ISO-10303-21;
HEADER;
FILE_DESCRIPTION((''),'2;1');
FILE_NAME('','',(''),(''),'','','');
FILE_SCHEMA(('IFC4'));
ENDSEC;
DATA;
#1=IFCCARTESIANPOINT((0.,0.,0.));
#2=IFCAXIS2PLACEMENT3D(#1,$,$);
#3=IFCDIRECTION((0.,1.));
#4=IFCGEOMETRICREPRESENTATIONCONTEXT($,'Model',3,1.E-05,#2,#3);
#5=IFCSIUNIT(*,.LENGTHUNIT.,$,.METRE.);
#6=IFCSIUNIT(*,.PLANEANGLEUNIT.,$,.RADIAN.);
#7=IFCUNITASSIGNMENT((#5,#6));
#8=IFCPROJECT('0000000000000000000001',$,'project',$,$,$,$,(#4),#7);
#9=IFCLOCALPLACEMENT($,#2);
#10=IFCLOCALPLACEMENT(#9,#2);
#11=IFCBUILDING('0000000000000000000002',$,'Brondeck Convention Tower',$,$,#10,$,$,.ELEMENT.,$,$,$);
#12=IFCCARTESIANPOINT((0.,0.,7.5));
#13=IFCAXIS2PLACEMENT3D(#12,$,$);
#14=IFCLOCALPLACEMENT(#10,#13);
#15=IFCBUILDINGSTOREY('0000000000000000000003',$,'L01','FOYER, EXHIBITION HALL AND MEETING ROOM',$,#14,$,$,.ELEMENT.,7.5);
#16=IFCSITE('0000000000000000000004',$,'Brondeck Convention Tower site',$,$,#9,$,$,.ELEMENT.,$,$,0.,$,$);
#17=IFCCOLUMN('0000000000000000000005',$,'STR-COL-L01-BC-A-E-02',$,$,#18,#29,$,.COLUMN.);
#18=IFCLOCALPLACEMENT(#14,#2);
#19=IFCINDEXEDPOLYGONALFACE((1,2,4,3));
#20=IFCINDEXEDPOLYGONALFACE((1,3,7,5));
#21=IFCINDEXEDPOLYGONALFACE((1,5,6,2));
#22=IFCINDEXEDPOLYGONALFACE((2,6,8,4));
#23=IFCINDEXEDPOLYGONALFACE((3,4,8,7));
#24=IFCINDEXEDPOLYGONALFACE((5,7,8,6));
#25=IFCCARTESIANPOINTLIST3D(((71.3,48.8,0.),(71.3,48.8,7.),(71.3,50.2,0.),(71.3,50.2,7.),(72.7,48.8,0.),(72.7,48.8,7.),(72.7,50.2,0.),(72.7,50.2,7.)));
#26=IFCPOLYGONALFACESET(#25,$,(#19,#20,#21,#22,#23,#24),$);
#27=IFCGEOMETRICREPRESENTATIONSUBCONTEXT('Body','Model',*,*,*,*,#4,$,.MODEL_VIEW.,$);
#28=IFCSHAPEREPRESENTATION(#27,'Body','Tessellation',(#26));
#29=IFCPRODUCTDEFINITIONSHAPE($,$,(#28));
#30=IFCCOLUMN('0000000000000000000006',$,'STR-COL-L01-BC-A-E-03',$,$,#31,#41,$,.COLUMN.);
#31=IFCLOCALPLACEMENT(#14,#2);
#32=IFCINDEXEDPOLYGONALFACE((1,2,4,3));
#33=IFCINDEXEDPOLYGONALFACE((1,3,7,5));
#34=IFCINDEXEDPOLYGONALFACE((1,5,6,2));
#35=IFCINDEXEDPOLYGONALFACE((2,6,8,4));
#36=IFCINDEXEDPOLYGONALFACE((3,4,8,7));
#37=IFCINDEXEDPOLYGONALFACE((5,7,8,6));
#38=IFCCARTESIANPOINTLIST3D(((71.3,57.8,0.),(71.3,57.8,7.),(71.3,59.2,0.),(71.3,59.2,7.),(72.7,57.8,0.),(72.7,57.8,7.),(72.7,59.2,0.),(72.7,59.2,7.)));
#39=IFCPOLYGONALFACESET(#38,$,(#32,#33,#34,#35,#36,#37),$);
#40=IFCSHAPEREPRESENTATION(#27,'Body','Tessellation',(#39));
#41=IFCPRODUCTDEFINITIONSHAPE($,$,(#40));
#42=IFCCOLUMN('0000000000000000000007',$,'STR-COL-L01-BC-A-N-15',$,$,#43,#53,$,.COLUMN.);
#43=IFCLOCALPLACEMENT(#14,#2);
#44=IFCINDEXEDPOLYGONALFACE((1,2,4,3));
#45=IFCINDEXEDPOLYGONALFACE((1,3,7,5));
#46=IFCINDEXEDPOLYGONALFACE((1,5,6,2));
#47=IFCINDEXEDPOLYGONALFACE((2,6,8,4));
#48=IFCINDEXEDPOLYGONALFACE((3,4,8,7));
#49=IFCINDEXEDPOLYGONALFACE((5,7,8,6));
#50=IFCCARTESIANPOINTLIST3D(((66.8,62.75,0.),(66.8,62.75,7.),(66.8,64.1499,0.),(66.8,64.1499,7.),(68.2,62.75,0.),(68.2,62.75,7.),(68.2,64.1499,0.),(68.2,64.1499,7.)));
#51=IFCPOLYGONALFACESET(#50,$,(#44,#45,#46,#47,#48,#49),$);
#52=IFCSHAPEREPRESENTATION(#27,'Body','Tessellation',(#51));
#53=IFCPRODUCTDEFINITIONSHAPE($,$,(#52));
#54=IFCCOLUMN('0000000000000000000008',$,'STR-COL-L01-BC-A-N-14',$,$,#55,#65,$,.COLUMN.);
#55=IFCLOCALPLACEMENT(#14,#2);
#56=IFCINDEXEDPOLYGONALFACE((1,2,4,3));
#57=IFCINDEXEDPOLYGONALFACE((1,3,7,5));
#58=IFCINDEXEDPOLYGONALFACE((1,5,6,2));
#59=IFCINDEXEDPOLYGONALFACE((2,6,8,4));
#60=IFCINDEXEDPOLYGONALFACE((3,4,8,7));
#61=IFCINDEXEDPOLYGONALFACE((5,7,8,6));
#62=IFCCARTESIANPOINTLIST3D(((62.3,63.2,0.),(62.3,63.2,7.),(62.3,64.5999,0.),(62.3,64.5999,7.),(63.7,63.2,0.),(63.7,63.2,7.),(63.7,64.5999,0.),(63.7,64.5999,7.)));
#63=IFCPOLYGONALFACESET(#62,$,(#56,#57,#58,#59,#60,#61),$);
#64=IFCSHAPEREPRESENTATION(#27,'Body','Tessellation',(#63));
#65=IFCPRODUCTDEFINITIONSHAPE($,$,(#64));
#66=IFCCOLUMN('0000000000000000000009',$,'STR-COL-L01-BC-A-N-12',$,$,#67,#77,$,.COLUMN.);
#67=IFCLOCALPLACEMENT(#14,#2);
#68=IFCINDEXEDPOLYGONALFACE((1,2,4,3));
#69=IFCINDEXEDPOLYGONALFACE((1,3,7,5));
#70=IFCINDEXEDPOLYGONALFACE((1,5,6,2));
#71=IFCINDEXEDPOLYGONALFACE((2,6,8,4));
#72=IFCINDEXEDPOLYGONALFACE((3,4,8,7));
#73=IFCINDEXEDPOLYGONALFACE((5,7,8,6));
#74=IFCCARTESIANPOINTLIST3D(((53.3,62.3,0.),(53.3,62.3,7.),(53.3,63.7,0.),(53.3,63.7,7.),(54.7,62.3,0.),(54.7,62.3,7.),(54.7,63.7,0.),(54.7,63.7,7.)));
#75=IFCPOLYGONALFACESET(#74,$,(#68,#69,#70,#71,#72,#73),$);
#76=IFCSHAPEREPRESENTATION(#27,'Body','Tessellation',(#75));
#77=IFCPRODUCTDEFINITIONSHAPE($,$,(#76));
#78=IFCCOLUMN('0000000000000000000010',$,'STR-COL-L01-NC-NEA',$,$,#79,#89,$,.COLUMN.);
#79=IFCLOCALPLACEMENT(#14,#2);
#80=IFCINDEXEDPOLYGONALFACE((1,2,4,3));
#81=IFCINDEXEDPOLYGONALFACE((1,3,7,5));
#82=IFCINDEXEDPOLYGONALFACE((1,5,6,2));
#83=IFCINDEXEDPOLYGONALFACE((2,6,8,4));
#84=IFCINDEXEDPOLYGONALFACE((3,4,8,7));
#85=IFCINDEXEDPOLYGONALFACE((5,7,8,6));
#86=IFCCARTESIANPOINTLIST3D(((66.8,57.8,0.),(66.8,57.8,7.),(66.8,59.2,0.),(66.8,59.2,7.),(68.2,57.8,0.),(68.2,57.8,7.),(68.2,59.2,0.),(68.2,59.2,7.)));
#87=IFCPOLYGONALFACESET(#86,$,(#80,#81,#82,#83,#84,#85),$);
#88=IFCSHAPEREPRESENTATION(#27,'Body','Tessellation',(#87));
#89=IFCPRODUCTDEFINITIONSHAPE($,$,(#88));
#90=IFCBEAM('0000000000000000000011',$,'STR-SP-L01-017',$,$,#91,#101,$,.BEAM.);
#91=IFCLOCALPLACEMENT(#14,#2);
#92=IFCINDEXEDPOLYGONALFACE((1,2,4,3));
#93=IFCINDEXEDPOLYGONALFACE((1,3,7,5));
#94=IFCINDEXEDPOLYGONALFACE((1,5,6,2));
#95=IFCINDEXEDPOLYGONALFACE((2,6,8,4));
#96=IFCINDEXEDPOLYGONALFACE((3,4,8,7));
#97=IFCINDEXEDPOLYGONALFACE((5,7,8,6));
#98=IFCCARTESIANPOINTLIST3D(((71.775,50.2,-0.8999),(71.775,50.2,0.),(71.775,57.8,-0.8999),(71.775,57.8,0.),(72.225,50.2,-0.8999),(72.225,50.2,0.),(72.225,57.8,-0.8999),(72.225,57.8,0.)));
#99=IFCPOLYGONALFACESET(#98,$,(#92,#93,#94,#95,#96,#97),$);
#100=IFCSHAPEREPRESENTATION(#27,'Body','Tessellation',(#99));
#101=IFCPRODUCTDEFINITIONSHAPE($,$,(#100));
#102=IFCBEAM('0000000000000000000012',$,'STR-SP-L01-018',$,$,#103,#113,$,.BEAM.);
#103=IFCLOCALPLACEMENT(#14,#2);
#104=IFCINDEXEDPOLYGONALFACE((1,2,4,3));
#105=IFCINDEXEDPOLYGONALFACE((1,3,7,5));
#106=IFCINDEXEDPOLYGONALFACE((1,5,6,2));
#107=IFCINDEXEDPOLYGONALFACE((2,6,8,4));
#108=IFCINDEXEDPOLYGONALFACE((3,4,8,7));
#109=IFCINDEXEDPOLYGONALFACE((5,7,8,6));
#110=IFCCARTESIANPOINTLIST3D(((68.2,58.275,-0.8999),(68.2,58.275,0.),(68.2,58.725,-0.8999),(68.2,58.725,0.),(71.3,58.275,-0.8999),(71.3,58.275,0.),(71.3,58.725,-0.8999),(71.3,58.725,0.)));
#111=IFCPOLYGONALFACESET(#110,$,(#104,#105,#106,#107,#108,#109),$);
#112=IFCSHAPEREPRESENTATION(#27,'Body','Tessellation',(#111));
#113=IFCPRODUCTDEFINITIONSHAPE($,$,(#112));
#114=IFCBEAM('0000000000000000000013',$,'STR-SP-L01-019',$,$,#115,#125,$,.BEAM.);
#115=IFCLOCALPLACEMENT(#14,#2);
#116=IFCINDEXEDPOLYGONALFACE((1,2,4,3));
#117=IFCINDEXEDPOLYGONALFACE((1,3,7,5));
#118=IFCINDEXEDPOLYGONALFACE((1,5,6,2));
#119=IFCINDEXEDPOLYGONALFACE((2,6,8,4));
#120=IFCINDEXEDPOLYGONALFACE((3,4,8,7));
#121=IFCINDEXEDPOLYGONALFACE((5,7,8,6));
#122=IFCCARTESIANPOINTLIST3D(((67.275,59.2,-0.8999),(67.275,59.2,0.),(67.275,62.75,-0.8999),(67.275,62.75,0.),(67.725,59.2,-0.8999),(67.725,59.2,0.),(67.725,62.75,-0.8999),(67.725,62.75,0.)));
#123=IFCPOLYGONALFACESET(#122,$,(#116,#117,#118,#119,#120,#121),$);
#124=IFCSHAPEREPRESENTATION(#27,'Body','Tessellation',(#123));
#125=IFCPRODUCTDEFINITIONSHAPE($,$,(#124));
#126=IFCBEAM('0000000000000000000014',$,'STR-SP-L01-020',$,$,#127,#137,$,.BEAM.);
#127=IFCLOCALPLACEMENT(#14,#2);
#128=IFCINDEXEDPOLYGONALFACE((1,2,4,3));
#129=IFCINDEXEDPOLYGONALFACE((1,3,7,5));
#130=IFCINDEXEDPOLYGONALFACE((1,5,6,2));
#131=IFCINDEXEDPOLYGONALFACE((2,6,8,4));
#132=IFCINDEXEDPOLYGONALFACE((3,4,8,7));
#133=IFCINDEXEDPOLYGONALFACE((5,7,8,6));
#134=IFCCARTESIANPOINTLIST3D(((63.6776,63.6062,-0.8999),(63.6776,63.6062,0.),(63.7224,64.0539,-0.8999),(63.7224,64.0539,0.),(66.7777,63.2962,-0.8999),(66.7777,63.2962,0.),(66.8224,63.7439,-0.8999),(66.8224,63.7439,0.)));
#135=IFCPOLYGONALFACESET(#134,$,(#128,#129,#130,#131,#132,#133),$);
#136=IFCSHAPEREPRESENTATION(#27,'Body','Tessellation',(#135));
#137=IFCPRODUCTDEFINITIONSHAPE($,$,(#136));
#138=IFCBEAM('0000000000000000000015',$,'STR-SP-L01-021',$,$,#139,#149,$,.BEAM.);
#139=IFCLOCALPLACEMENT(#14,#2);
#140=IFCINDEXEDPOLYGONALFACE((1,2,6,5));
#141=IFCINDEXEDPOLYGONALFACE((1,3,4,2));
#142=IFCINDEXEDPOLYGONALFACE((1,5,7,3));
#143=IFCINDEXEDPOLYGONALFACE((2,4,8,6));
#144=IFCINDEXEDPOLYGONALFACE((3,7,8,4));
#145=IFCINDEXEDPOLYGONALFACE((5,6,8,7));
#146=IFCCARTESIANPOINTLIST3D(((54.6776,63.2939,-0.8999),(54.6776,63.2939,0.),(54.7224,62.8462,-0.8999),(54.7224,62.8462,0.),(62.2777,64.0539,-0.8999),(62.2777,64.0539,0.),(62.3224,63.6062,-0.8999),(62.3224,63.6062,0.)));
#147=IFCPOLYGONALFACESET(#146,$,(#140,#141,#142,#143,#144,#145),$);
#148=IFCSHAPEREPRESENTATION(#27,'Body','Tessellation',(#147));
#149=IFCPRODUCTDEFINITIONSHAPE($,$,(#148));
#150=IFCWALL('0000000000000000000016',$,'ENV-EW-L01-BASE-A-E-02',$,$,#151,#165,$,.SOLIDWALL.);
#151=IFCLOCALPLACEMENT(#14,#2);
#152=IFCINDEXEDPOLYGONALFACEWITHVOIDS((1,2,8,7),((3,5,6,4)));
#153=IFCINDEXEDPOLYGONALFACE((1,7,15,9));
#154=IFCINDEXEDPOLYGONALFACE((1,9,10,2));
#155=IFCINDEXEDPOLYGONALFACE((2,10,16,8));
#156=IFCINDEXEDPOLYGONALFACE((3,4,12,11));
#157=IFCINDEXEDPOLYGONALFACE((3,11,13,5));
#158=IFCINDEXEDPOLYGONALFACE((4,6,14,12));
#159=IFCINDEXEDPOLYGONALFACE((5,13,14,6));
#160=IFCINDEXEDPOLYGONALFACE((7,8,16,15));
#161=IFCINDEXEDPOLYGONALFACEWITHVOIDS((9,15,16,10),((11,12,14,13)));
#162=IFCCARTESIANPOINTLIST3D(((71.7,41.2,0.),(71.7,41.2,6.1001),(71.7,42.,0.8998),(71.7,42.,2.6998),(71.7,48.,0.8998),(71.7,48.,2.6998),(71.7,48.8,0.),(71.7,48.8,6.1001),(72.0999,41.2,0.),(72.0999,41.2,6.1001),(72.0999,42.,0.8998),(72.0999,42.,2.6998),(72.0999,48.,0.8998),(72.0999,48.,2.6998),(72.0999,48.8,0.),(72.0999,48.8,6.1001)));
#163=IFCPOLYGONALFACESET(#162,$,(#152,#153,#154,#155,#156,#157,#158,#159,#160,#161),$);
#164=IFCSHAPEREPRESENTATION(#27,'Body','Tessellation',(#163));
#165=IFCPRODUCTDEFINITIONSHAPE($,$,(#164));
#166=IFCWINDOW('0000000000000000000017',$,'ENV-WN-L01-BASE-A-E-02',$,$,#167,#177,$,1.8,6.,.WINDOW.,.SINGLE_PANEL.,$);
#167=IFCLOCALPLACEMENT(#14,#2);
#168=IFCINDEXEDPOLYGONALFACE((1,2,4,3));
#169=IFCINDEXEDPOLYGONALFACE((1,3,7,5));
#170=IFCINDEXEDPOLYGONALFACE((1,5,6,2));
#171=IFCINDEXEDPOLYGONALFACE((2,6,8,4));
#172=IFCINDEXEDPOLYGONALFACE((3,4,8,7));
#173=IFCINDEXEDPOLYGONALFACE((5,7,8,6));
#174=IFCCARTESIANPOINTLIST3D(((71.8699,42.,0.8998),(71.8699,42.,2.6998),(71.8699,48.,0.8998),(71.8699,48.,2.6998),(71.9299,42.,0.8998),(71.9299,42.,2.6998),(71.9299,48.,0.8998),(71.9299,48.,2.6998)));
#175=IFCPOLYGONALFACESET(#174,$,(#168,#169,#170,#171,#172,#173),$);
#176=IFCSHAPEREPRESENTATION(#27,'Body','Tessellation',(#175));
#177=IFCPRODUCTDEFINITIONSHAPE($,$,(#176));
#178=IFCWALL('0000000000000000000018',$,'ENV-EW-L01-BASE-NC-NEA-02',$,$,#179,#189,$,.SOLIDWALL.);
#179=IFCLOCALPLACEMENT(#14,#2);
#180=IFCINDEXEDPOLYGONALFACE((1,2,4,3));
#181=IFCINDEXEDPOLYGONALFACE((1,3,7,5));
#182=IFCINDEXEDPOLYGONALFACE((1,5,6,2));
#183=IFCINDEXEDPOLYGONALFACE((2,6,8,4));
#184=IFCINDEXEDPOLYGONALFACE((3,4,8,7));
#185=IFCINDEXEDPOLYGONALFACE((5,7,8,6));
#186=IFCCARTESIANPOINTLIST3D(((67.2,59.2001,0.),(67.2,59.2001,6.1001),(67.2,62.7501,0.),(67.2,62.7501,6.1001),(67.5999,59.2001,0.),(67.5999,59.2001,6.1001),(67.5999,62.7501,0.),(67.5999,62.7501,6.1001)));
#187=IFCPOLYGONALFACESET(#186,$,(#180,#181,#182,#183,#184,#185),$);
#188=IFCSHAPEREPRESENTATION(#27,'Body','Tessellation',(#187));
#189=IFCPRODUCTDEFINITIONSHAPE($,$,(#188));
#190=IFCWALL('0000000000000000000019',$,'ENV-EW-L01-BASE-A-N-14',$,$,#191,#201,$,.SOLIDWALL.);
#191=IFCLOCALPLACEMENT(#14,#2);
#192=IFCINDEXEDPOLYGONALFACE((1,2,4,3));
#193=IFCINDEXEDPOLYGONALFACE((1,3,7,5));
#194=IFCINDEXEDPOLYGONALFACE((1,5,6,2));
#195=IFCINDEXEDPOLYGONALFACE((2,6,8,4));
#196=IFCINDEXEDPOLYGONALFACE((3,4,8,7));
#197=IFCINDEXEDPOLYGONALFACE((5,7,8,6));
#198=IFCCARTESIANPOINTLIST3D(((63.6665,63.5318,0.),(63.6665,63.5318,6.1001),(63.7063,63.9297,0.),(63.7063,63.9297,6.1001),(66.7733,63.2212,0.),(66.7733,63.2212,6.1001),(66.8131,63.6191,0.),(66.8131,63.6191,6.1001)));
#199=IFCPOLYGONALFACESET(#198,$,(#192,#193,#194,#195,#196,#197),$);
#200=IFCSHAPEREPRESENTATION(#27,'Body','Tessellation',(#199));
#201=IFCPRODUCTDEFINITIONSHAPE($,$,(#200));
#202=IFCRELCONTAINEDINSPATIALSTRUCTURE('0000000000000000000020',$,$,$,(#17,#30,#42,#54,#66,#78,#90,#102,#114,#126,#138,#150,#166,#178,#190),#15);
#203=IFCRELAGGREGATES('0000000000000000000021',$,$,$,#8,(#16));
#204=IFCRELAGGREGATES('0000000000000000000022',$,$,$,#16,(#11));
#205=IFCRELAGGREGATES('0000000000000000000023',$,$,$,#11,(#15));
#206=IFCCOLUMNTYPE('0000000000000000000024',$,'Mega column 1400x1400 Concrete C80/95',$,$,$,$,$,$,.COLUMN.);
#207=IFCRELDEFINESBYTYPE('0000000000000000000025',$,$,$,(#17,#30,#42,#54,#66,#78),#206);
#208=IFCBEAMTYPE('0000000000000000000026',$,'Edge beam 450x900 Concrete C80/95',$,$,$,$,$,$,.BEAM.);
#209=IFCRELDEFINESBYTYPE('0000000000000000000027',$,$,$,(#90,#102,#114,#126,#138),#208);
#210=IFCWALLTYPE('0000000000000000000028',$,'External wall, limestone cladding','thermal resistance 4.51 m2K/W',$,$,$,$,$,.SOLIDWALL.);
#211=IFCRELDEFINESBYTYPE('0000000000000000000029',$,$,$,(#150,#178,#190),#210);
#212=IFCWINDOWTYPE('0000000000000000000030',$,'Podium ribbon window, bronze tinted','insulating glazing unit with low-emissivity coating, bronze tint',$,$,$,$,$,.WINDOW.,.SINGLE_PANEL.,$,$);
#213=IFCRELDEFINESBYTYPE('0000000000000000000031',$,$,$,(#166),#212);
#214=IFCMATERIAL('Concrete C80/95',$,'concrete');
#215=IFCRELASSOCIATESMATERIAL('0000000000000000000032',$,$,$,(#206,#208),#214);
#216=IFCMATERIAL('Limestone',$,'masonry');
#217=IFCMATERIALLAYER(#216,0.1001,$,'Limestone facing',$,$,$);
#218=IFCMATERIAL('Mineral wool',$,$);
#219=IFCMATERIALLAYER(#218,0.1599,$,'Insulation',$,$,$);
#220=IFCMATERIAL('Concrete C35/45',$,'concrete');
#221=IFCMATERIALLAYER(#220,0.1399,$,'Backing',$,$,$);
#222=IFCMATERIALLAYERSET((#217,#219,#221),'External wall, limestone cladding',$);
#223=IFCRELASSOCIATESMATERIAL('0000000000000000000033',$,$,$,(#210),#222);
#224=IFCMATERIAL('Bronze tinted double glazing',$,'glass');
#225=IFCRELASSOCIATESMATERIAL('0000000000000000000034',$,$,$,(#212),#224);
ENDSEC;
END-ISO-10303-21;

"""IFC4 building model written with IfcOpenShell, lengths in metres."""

from ifc_helpers import new_model, si_unit, direction, frame, frame_2d, origin, origin_2d, place, context, subcontext, project, spatial, rectangle, extrude, material, layer, layer_set, material_profile, profile_set, type_object, element, fill, save


model = new_model("IFC4")

# Units and contexts
model_context = context("Model", 3, precision=1e-05, world=origin(), true_north=direction((0.0, 1.0)))
body_context = subcontext(model_context, "Body", "Model", "MODEL_VIEW")
ifc_project = project(units=[si_unit("LENGTHUNIT", "METRE"), si_unit("PLANEANGLEUNIT", "RADIAN")], contexts=[model_context])

# Site, building, storey
site_placement = place(None, origin())
site = spatial("IfcSite", under=ifc_project, at=site_placement, Name="Brondeck Convention Tower site", CompositionType="ELEMENT", RefElevation=0.0)
building_placement = place(site_placement, origin())
building = spatial("IfcBuilding", under=site, at=building_placement, Name="Brondeck Convention Tower", CompositionType="ELEMENT")
storey_placement = place(building_placement, frame((0.0, 0.0, 7.5)))
storey = spatial("IfcBuildingStorey", under=building, at=storey_placement, Name="L01", Description="FOYER, EXHIBITION HALL AND MEETING ROOM", CompositionType="ELEMENT", Elevation=7.5)

# Columns
ifc_material_1 = material(Name="Concrete C80/95", Category="concrete")
ifc_material_profile_1 = material_profile(ifc_material_1, rectangle(XDim=1.3999, YDim=1.3999, at=origin_2d()), Name="Mega column 1400x1400 Concrete C80/95")
ifc_profile_set_1 = profile_set([ifc_material_profile_1], Name="Concrete C80/95")
column_type = type_object("IfcColumnType", Name="Mega column 1400x1400 Concrete C80/95", PredefinedType="COLUMN", material=ifc_profile_set_1)
for number, where, z_axis, x_axis, name in (
    (1, (72.0, 49.5, 0.0), (0.0, 0.0, 1.0), (1.0, 0.0, 0.0), "STR-COL-L01-BC-A-E-02"),
    (2, (72.0, 58.5, 0.0), (0.0, 0.0, 1.0), (1.0, 0.0, 0.0), "STR-COL-L01-BC-A-E-03"),
    (3, (67.5, 63.45, 0.0), (0.0, 0.0, 1.0), (1.0, 0.0, 0.0), "STR-COL-L01-BC-A-N-15"),
    (4, (63.0, 63.8999, 0.0), (0.0, 0.0, 1.0), (1.0, 0.0, 0.0), "STR-COL-L01-BC-A-N-14"),
    (5, (54.0, 63.0, 0.0), (0.0, 0.0, 1.0), (1.0, 0.0, 0.0), "STR-COL-L01-BC-A-N-12"),
    (6, (67.5, 58.5, 0.0), (0.0, 0.0, 1.0), (1.0, 0.0, 0.0), "STR-COL-L01-NC-NEA"),
):
    element("IfcColumn", number, at=place(storey_placement, frame(where, z_axis=z_axis, x_axis=x_axis)), inside=storey, type_object=column_type, Name=name, PredefinedType="COLUMN", context=body_context, shape_type="SweptSolid", body=[
        extrude(rectangle(XDim=1.3999, YDim=1.3999, at=origin_2d()), origin(), (0.0, 0.0, 1.0), 7.0),
    ])

# Beams
ifc_material_profile_2 = material_profile(ifc_material_1, rectangle(XDim=0.45, YDim=0.8999, at=origin_2d()), Name="Edge beam 450x900 Concrete C80/95")
ifc_profile_set_2 = profile_set([ifc_material_profile_2], Name="Concrete C80/95")
beam_type = type_object("IfcBeamType", Name="Edge beam 450x900 Concrete C80/95", PredefinedType="BEAM", material=ifc_profile_set_2)
beam_1_placement = place(storey_placement, frame((72.0, 50.2, -0.45), z_axis=(0.0, 1.0, 0.0), x_axis=(-1.0, 0.0, 0.0)))
element("IfcBeam", 7, at=beam_1_placement, inside=storey, type_object=beam_type, Name="STR-SP-L01-017", PredefinedType="BEAM", context=body_context, shape_type="SweptSolid", body=[
    extrude(rectangle(XDim=0.45, YDim=0.8999, at=origin_2d()), origin(), (0.0, 0.0, 1.0), 7.6001),
])
beam_2_placement = place(storey_placement, frame((71.3, 58.5, -0.45), z_axis=(-1.0, 0.0, 0.0), x_axis=(0.0, -1.0, 0.0)))
element("IfcBeam", 8, at=beam_2_placement, inside=storey, type_object=beam_type, Name="STR-SP-L01-018", PredefinedType="BEAM", context=body_context, shape_type="SweptSolid", body=[
    extrude(rectangle(XDim=0.45, YDim=0.8999, at=origin_2d()), origin(), (0.0, 0.0, 1.0), 3.1001),
])
beam_3_placement = place(storey_placement, frame((67.5, 59.2, -0.45), z_axis=(0.0, 1.0, 0.0), x_axis=(-1.0, 0.0, 0.0)))
element("IfcBeam", 9, at=beam_3_placement, inside=storey, type_object=beam_type, Name="STR-SP-L01-019", PredefinedType="BEAM", context=body_context, shape_type="SweptSolid", body=[
    extrude(rectangle(XDim=0.45, YDim=0.8999, at=origin_2d()), origin(), (0.0, 0.0, 1.0), 3.55),
])
beam_4_placement = place(storey_placement, frame((66.8, 63.52, -0.45), z_axis=(-0.995036, 0.099519, 0.0), x_axis=(-0.099519, -0.995036, 0.0)))
element("IfcBeam", 10, at=beam_4_placement, inside=storey, type_object=beam_type, Name="STR-SP-L01-020", PredefinedType="BEAM", context=body_context, shape_type="SweptSolid", body=[
    extrude(rectangle(XDim=0.45, YDim=0.8999, at=origin_2d()), origin(), (0.0, 0.0, 1.0), 3.1155),
])
beam_5_placement = place(storey_placement, frame((62.3, 63.8301, -0.45), z_axis=(-0.995037, -0.099504, 0.0), x_axis=(0.099504, -0.995037, 0.0)))
element("IfcBeam", 11, at=beam_5_placement, inside=storey, type_object=beam_type, Name="STR-SP-L01-021", PredefinedType="BEAM", context=body_context, shape_type="SweptSolid", body=[
    extrude(rectangle(XDim=0.45, YDim=0.8999, at=origin_2d()), origin(), (0.0, 0.0, 1.0), 7.6379),
])

# Wall, opening, window
ifc_material_2 = material(Name="Limestone", Category="masonry")
ifc_layer_1 = layer(ifc_material_2, 0.1001, Name="Limestone facing")
ifc_material_3 = material(Name="Mineral wool")
ifc_layer_2 = layer(ifc_material_3, 0.1599, Name="Insulation")
ifc_material_4 = material(Name="Concrete C35/45", Category="concrete")
ifc_layer_3 = layer(ifc_material_4, 0.1399, Name="Backing")
ifc_layer_set_1 = layer_set([ifc_layer_1, ifc_layer_2, ifc_layer_3], Name="External wall, limestone cladding")
wall_type_1 = type_object("IfcWallType", Name="External wall, limestone cladding", Description="thermal resistance 4.51 m2K/W", PredefinedType="SOLIDWALL", material=ifc_layer_set_1)
wall_1_placement = place(storey_placement, frame((71.8999, 48.8, 0.0), z_axis=(0.0, 0.0, 1.0), x_axis=(0.0, -1.0, 0.0)))
wall_1 = element("IfcWall", 12, at=wall_1_placement, inside=storey, type_object=wall_type_1, Name="ENV-EW-L01-BASE-A-E-02", PredefinedType="SOLIDWALL", context=body_context, shape_type="SweptSolid", body=[
    extrude(rectangle(XDim=7.6001, YDim=0.3999, at=frame_2d((3.8, 0.0))), origin(), (0.0, 0.0, 1.0), 6.1001),
])
opening_1_placement = place(wall_1_placement, frame((0.8, 0.0, 0.8999)))
opening_1 = element("IfcOpeningElement", 13, at=opening_1_placement, cuts=wall_1, PredefinedType="OPENING", context=body_context, shape_type="SweptSolid", body=[
    extrude(rectangle(XDim=6.0, YDim=1.8, at=frame_2d((3.0, 0.8999))), frame((0.0, 0.21, 0.0), z_axis=(0.0, -1.0, 0.0), x_axis=(1.0, 0.0, 0.0)), (0.0, 0.0, 1.0), 0.4199),
])
ifc_material_5 = material(Name="Bronze tinted double glazing", Category="glass")
window_type = type_object("IfcWindowType", Name="Podium ribbon window, bronze tinted", Description="insulating glazing unit with low-emissivity coating, bronze tint", PartitioningType="SINGLE_PANEL", PredefinedType="WINDOW", material=ifc_material_5)
window_1_placement = place(opening_1_placement, origin())
window_1 = element("IfcWindow", 14, at=window_1_placement, inside=storey, type_object=window_type, Name="ENV-WN-L01-BASE-A-E-02", OverallHeight=1.8, OverallWidth=6.0, PartitioningType="SINGLE_PANEL", PredefinedType="WINDOW", context=body_context, shape_type="SweptSolid", body=[
    extrude(rectangle(XDim=6.0, YDim=1.8, at=frame_2d((3.0, 0.8999))), frame((0.0, 0.03, 0.0), z_axis=(0.0, -1.0, 0.0), x_axis=(1.0, 0.0, 0.0)), (0.0, 0.0, 1.0), 0.0601),
])
fill(opening_1, window_1)

# Walls
wall_2_placement = place(storey_placement, frame((67.3999, 62.75, 0.0), z_axis=(0.0, 0.0, 1.0), x_axis=(0.0, -1.0, 0.0)))
element("IfcWall", 15, at=wall_2_placement, inside=storey, type_object=wall_type_1, Name="ENV-EW-L01-BASE-NC-NEA-02", PredefinedType="SOLIDWALL", context=body_context, shape_type="SweptSolid", body=[
    extrude(rectangle(XDim=3.55, YDim=0.3999, at=frame_2d((1.7749, 0.0))), origin(), (0.0, 0.0, 1.0), 6.1001),
])
wall_3_placement = place(storey_placement, frame((63.6865, 63.7307, 0.0), z_axis=(0.0, 0.0, 1.0), x_axis=(0.995042, -0.099457, 0.0)))
element("IfcWall", 16, at=wall_3_placement, inside=storey, type_object=wall_type_1, Name="ENV-EW-L01-BASE-A-N-14", PredefinedType="SOLIDWALL", context=body_context, shape_type="SweptSolid", body=[
    extrude(rectangle(XDim=3.1223, YDim=0.3999, at=frame_2d((1.561, 0.0))), origin(), (0.0, 0.0, 1.0), 6.1001),
])

save(model, "model.ifc")
